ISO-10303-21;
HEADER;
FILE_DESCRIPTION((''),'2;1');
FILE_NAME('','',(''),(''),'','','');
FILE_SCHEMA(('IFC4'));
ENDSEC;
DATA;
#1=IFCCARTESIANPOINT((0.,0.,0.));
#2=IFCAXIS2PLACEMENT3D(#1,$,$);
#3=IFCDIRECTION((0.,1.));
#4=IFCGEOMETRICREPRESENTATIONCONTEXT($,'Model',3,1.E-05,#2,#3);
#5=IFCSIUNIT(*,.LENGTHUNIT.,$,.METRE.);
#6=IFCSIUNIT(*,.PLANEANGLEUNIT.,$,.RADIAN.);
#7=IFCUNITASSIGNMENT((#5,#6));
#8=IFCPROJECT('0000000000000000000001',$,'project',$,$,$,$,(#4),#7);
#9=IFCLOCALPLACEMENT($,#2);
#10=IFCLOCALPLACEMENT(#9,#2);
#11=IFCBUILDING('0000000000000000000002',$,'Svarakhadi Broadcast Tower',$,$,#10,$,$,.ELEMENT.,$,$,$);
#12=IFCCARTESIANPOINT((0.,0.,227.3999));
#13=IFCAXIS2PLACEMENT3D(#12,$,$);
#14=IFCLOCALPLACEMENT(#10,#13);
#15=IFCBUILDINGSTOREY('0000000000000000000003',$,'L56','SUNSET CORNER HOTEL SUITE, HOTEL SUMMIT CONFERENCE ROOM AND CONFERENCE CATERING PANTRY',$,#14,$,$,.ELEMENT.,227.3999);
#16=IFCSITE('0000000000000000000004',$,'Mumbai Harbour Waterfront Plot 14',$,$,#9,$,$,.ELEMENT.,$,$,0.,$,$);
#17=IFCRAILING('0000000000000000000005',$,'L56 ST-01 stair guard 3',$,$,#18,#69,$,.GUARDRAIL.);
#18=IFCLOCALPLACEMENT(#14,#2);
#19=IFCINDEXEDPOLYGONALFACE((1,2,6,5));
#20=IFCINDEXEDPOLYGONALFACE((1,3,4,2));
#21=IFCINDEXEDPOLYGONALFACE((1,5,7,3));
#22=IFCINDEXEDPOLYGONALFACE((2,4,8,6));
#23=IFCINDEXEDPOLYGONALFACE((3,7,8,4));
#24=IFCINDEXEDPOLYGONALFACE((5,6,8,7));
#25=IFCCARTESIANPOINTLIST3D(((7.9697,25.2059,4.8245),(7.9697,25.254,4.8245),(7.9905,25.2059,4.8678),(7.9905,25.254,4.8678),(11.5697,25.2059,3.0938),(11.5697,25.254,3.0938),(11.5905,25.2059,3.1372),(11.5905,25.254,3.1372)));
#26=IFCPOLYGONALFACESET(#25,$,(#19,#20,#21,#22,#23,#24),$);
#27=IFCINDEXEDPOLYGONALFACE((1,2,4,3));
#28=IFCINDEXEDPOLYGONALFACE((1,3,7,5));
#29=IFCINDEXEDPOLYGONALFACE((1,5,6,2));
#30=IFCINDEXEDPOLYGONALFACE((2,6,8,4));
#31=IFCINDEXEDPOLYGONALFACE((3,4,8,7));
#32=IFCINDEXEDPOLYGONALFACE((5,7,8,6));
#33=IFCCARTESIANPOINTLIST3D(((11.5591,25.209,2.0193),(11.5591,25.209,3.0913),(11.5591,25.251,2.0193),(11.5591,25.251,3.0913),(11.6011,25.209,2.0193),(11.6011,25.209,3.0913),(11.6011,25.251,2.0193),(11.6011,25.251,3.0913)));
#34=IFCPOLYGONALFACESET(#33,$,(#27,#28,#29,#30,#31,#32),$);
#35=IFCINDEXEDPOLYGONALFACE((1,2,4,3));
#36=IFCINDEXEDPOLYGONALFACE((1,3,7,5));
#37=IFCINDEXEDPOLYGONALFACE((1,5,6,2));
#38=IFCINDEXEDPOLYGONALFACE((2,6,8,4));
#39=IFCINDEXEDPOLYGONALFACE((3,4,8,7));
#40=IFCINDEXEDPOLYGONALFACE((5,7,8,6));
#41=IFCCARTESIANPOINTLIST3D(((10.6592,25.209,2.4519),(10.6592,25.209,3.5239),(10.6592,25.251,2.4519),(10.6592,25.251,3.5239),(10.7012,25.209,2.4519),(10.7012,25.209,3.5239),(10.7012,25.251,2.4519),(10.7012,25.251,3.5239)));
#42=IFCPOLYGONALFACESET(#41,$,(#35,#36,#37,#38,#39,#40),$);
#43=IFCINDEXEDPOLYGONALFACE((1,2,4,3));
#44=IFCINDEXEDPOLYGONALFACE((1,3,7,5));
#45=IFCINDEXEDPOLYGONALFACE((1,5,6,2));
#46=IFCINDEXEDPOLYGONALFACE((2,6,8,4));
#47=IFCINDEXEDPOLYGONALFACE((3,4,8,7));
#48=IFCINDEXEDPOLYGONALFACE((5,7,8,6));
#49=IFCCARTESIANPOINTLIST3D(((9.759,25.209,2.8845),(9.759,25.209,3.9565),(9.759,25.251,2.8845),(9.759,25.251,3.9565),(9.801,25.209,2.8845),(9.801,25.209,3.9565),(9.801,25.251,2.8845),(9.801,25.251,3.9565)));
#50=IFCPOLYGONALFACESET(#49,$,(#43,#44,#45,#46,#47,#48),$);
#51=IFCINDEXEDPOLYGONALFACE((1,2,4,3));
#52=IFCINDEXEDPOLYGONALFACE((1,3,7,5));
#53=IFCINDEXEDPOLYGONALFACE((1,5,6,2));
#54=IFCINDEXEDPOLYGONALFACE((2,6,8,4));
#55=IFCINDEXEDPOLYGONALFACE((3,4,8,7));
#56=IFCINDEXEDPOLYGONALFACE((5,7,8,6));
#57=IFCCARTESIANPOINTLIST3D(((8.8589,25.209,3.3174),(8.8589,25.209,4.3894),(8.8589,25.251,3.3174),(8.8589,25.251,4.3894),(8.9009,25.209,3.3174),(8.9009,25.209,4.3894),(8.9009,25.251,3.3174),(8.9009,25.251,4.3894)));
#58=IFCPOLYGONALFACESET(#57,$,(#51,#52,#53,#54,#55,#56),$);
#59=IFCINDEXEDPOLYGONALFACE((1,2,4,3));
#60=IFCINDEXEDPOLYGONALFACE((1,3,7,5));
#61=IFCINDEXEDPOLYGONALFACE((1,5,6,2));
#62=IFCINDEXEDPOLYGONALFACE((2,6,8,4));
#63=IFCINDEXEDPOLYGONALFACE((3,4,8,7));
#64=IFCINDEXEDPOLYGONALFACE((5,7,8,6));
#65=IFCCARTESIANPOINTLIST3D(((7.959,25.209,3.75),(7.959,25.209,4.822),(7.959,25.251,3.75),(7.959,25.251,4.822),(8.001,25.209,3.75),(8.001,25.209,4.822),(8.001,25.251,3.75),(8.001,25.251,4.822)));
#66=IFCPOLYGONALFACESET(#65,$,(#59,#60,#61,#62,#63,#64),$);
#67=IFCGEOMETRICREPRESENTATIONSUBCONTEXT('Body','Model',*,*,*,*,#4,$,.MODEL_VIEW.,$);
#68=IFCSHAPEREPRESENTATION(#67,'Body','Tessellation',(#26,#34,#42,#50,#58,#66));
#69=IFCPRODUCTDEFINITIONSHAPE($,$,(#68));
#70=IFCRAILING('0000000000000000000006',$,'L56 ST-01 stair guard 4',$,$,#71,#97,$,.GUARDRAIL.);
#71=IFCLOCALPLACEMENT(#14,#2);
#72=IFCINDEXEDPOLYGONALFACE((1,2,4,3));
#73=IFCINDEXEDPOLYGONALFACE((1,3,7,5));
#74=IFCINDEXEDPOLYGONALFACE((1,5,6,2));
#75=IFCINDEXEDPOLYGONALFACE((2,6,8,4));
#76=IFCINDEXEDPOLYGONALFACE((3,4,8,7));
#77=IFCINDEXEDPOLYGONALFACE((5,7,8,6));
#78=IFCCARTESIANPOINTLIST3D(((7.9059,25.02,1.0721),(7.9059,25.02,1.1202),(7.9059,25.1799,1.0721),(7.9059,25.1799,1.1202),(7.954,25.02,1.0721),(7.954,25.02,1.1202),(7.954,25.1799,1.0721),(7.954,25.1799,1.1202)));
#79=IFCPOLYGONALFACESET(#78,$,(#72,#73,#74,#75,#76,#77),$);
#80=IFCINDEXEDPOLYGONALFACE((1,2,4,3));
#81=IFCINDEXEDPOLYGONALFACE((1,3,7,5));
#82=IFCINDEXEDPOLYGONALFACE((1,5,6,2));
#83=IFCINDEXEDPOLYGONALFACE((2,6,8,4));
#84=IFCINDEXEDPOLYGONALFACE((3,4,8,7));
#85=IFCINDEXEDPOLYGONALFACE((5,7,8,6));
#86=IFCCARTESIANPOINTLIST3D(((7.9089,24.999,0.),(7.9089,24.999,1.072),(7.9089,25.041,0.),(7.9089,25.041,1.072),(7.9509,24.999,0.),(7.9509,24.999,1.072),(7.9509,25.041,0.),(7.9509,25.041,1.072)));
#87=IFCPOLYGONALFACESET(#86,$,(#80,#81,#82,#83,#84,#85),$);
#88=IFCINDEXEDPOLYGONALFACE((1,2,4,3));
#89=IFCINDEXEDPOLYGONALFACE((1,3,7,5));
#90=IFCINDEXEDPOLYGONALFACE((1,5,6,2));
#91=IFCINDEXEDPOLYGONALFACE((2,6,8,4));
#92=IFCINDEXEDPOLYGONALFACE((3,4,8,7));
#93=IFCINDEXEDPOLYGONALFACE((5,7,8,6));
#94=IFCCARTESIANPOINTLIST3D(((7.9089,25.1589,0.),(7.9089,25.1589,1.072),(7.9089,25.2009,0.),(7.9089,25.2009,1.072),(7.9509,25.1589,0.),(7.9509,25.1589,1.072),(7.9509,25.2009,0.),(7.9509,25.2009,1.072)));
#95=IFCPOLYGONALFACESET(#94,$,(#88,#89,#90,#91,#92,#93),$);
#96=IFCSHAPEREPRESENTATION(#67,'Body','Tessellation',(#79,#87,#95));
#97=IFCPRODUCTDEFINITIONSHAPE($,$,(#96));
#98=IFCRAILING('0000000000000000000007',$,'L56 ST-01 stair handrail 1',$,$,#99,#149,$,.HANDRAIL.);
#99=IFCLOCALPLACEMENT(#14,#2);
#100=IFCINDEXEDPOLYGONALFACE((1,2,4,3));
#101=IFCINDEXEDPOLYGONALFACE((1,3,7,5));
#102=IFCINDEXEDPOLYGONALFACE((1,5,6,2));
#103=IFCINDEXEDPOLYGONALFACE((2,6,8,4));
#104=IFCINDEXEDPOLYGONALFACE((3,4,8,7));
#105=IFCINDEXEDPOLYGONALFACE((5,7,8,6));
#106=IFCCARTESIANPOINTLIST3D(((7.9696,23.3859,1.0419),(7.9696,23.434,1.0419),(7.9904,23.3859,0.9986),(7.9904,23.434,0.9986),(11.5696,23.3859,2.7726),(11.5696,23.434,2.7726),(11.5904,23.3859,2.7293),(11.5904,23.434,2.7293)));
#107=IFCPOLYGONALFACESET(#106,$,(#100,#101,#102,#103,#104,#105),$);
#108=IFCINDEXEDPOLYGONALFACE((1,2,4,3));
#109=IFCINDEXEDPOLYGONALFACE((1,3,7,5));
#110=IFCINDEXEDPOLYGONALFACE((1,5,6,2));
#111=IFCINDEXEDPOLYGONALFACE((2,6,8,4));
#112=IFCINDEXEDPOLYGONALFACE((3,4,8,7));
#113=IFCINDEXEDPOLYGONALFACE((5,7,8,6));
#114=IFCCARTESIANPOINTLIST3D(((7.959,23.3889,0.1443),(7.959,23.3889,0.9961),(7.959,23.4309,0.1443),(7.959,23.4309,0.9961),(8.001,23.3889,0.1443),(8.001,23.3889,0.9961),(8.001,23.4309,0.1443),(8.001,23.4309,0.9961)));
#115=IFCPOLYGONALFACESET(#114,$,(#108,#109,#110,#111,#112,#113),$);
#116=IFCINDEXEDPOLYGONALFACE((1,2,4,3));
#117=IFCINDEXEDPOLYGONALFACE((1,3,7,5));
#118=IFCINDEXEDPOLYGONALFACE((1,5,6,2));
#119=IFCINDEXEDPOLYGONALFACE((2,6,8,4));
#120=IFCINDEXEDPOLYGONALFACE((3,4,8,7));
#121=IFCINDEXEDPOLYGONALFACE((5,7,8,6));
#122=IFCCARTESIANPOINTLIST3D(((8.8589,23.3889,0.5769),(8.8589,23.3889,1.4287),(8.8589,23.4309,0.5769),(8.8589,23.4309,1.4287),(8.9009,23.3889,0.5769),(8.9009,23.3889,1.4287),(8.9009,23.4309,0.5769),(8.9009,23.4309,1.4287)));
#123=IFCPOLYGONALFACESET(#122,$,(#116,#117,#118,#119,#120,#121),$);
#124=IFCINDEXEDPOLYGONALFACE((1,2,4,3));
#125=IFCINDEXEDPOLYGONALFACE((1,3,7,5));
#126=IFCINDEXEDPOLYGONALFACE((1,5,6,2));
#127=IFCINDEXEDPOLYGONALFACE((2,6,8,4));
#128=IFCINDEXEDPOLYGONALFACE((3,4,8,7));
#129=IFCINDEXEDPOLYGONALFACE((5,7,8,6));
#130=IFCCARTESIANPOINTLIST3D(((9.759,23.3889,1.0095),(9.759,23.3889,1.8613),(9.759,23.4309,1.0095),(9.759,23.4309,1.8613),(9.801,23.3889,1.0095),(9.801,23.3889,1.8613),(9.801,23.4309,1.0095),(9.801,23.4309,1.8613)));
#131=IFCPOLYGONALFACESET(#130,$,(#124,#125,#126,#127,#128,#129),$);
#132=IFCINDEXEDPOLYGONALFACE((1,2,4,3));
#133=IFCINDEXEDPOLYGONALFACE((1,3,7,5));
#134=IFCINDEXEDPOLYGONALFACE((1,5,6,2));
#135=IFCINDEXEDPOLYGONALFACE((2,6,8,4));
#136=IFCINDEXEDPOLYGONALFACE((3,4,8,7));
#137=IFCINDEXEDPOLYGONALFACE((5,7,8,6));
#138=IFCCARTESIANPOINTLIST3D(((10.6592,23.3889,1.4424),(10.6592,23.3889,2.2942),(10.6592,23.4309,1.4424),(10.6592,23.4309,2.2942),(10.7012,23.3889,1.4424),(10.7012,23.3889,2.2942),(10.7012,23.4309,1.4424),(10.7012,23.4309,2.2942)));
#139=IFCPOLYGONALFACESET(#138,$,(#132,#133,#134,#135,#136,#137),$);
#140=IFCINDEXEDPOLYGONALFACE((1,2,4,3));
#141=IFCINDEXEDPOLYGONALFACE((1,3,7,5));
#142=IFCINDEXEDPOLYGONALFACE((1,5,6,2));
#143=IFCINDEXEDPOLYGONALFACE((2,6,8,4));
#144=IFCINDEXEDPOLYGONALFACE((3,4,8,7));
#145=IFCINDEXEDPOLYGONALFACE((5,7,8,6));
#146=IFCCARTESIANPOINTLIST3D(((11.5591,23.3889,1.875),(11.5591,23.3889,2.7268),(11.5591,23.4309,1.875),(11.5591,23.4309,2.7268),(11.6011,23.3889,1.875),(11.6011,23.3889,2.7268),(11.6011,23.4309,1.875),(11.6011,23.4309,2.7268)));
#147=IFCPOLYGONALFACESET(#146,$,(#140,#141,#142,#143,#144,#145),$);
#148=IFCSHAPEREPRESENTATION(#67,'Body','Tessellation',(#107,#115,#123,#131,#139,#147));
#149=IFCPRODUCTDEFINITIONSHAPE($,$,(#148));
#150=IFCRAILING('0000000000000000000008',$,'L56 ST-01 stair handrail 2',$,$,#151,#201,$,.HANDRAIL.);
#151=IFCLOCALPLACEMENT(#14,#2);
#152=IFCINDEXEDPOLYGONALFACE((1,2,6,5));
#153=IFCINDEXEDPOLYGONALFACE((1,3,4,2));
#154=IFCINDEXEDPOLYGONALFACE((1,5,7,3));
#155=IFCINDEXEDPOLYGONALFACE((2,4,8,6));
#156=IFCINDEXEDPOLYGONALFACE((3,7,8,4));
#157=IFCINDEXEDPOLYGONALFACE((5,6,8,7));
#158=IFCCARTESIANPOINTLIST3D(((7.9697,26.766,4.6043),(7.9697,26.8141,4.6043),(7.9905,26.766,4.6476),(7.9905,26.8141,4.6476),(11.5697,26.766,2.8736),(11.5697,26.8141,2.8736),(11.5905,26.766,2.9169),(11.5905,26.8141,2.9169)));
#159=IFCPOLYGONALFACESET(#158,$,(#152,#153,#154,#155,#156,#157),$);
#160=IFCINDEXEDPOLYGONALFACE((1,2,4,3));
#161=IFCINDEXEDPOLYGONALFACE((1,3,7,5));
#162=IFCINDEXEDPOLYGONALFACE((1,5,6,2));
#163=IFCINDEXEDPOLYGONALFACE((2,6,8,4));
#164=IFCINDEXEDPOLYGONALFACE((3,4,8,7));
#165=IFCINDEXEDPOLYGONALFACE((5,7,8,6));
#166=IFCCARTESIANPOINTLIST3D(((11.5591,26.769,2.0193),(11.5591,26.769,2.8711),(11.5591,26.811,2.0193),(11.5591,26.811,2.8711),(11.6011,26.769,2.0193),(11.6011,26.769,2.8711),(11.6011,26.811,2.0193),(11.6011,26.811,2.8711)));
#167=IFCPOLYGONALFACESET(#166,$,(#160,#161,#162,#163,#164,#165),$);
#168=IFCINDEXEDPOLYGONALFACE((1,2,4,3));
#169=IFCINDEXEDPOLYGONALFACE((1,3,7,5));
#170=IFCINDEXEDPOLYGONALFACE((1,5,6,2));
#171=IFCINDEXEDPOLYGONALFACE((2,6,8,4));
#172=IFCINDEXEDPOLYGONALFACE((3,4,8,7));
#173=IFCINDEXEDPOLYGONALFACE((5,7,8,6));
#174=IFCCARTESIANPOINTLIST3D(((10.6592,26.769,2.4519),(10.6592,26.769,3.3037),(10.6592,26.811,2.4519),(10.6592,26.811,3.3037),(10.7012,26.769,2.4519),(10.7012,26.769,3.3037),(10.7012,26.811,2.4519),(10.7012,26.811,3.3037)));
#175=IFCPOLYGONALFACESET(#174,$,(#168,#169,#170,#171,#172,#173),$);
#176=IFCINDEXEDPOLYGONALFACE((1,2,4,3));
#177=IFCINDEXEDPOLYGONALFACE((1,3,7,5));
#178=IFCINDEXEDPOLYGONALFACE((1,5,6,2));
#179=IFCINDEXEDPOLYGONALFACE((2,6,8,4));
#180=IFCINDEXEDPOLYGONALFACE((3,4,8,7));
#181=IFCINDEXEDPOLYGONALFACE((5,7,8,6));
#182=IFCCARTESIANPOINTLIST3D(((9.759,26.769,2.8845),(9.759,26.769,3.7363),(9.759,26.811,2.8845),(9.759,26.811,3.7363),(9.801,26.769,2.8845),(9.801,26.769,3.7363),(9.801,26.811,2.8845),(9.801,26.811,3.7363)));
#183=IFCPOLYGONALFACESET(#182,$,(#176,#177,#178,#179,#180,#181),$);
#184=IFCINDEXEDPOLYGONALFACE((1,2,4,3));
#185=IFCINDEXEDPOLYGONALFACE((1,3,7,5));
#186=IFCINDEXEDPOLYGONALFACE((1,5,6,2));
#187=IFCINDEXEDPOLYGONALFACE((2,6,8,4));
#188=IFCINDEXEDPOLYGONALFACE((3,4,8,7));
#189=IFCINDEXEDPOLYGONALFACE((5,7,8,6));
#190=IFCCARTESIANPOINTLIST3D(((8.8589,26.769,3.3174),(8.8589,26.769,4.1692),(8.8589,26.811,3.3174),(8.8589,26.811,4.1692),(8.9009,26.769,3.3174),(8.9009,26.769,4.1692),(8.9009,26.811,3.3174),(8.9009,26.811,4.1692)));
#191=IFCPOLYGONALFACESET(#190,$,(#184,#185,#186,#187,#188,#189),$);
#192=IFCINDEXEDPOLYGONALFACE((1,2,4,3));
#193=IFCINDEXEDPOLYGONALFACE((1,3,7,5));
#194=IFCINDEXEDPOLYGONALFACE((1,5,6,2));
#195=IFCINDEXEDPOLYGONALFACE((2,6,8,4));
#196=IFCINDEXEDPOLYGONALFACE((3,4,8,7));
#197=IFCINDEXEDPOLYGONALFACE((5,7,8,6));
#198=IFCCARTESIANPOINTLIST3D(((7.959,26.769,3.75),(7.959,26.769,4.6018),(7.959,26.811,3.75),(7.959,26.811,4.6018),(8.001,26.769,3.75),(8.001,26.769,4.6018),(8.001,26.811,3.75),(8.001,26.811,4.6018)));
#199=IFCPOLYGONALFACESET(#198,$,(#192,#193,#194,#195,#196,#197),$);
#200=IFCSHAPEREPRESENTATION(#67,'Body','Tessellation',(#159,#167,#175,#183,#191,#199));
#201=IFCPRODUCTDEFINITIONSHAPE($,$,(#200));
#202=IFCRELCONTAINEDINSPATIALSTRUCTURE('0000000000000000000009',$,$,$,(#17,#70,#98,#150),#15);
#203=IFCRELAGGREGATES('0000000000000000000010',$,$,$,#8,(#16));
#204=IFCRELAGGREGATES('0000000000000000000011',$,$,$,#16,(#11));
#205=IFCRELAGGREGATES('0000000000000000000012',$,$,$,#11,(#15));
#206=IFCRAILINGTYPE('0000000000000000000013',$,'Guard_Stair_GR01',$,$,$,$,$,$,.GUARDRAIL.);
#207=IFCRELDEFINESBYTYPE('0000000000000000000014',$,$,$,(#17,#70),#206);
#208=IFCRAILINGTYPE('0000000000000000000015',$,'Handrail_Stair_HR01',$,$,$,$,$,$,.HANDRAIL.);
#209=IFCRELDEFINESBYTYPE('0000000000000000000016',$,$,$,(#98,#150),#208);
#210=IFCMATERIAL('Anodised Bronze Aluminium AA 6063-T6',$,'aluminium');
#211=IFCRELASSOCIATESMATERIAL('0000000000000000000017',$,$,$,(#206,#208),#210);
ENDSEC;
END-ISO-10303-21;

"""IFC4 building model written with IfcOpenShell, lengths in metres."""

from ifc_helpers import new_model, si_unit, direction, frame, origin, origin_2d, place, context, subcontext, project, spatial, rectangle, extrude, material, type_object, element, save


model = new_model("IFC4")

# Units and contexts
model_context = context("Model", 3, precision=1e-05, world=origin(), true_north=direction((0.0, 1.0)))
body_context = subcontext(model_context, "Body", "Model", "MODEL_VIEW")
ifc_project = project(units=[si_unit("LENGTHUNIT", "METRE"), si_unit("PLANEANGLEUNIT", "RADIAN")], contexts=[model_context])

# Site, building, storey
site_placement = place(None, origin())
site = spatial("IfcSite", under=ifc_project, at=site_placement, Name="Mumbai Harbour Waterfront Plot 14", CompositionType="ELEMENT", RefElevation=0.0)
building_placement = place(site_placement, origin())
building = spatial("IfcBuilding", under=site, at=building_placement, Name="Svarakhadi Broadcast Tower", CompositionType="ELEMENT")
storey_placement = place(building_placement, frame((0.0, 0.0, 227.3999)))
storey = spatial("IfcBuildingStorey", under=building, at=storey_placement, Name="L56", Description="SUNSET CORNER HOTEL SUITE, HOTEL SUMMIT CONFERENCE ROOM AND CONFERENCE CATERING PANTRY", CompositionType="ELEMENT", Elevation=227.3999)

# Railings
ifc_material_1 = material(Name="Anodised Bronze Aluminium AA 6063-T6", Category="aluminium")
railing_type_1 = type_object("IfcRailingType", Name="Guard_Stair_GR01", PredefinedType="GUARDRAIL", material=ifc_material_1)
railing_1_placement = place(storey_placement, frame((11.5801, 25.23, 2.0193)))
element("IfcRailing", 1, at=railing_1_placement, inside=storey, type_object=railing_type_1, Name="L56 ST-01 stair guard 3", PredefinedType="GUARDRAIL", context=body_context, shape_type="SweptSolid", body=[
    extrude(rectangle(XDim=0.0481, YDim=0.0481, at=origin_2d()), frame((0.0, 0.0, 1.0962), z_axis=(-0.901263, 0.0, 0.433273), x_axis=(0.0, -1.0, 0.0)), (0.0, 0.0, 1.0), 3.9944),
    extrude(rectangle(XDim=0.042, YDim=0.042, at=origin_2d()), origin(), (0.0, 0.0, 1.0), 1.072),
    extrude(rectangle(XDim=0.042, YDim=0.042, at=origin_2d()), frame((-0.8999, 0.0, 0.4326)), (0.0, 0.0, 1.0), 1.072),
    extrude(rectangle(XDim=0.042, YDim=0.042, at=origin_2d()), frame((-1.8, 0.0, 0.8652)), (0.0, 0.0, 1.0), 1.072),
    extrude(rectangle(XDim=0.042, YDim=0.042, at=origin_2d()), frame((-2.7002, 0.0, 1.2981)), (0.0, 0.0, 1.0), 1.072),
    extrude(rectangle(XDim=0.042, YDim=0.042, at=origin_2d()), frame((-3.6001, 0.0, 1.7307)), (0.0, 0.0, 1.0), 1.072),
])
railing_2_placement = place(storey_placement, frame((7.9299, 25.02, 0.0)))
element("IfcRailing", 2, at=railing_2_placement, inside=storey, type_object=railing_type_1, Name="L56 ST-01 stair guard 4", PredefinedType="GUARDRAIL", context=body_context, shape_type="SweptSolid", body=[
    extrude(rectangle(XDim=0.0481, YDim=0.0481, at=origin_2d()), frame((0.0, 0.0, 1.0962), z_axis=(0.0, 1.0, 0.0), x_axis=(-1.0, 0.0, 0.0)), (0.0, 0.0, 1.0), 0.1599),
    extrude(rectangle(XDim=0.042, YDim=0.042, at=origin_2d()), origin(), (0.0, 0.0, 1.0), 1.072),
    extrude(rectangle(XDim=0.042, YDim=0.042, at=origin_2d()), frame((0.0, 0.1599, 0.0)), (0.0, 0.0, 1.0), 1.072),
])
railing_type_2 = type_object("IfcRailingType", Name="Handrail_Stair_HR01", PredefinedType="HANDRAIL", material=ifc_material_1)
railing_3_placement = place(storey_placement, frame((7.98, 23.4099, 0.1443)))
element("IfcRailing", 3, at=railing_3_placement, inside=storey, type_object=railing_type_2, Name="L56 ST-01 stair handrail 1", PredefinedType="HANDRAIL", context=body_context, shape_type="SweptSolid", body=[
    extrude(rectangle(XDim=0.0481, YDim=0.0481, at=origin_2d()), frame((0.0, 0.0, 0.876), z_axis=(0.901263, 0.0, 0.433273), x_axis=(0.0, 1.0, 0.0)), (0.0, 0.0, 1.0), 3.9944),
    extrude(rectangle(XDim=0.042, YDim=0.042, at=origin_2d()), origin(), (0.0, 0.0, 1.0), 0.8518),
    extrude(rectangle(XDim=0.042, YDim=0.042, at=origin_2d()), frame((0.8999, 0.0, 0.4326)), (0.0, 0.0, 1.0), 0.8518),
    extrude(rectangle(XDim=0.042, YDim=0.042, at=origin_2d()), frame((1.8, 0.0, 0.8652)), (0.0, 0.0, 1.0), 0.8518),
    extrude(rectangle(XDim=0.042, YDim=0.042, at=origin_2d()), frame((2.7002, 0.0, 1.2981)), (0.0, 0.0, 1.0), 0.8518),
    extrude(rectangle(XDim=0.042, YDim=0.042, at=origin_2d()), frame((3.6001, 0.0, 1.7307)), (0.0, 0.0, 1.0), 0.8518),
])
railing_4_placement = place(storey_placement, frame((11.5801, 26.79, 2.0193)))
element("IfcRailing", 4, at=railing_4_placement, inside=storey, type_object=railing_type_2, Name="L56 ST-01 stair handrail 2", PredefinedType="HANDRAIL", context=body_context, shape_type="SweptSolid", body=[
    extrude(rectangle(XDim=0.0481, YDim=0.0481, at=origin_2d()), frame((0.0, 0.0, 0.876), z_axis=(-0.901263, 0.0, 0.433273), x_axis=(0.0, -1.0, 0.0)), (0.0, 0.0, 1.0), 3.9944),
    extrude(rectangle(XDim=0.042, YDim=0.042, at=origin_2d()), origin(), (0.0, 0.0, 1.0), 0.8518),
    extrude(rectangle(XDim=0.042, YDim=0.042, at=origin_2d()), frame((-0.8999, 0.0, 0.4326)), (0.0, 0.0, 1.0), 0.8518),
    extrude(rectangle(XDim=0.042, YDim=0.042, at=origin_2d()), frame((-1.8, 0.0, 0.8652)), (0.0, 0.0, 1.0), 0.8518),
    extrude(rectangle(XDim=0.042, YDim=0.042, at=origin_2d()), frame((-2.7002, 0.0, 1.2981)), (0.0, 0.0, 1.0), 0.8518),
    extrude(rectangle(XDim=0.042, YDim=0.042, at=origin_2d()), frame((-3.6001, 0.0, 1.7307)), (0.0, 0.0, 1.0), 0.8518),
])

save(model, "model.ifc")
